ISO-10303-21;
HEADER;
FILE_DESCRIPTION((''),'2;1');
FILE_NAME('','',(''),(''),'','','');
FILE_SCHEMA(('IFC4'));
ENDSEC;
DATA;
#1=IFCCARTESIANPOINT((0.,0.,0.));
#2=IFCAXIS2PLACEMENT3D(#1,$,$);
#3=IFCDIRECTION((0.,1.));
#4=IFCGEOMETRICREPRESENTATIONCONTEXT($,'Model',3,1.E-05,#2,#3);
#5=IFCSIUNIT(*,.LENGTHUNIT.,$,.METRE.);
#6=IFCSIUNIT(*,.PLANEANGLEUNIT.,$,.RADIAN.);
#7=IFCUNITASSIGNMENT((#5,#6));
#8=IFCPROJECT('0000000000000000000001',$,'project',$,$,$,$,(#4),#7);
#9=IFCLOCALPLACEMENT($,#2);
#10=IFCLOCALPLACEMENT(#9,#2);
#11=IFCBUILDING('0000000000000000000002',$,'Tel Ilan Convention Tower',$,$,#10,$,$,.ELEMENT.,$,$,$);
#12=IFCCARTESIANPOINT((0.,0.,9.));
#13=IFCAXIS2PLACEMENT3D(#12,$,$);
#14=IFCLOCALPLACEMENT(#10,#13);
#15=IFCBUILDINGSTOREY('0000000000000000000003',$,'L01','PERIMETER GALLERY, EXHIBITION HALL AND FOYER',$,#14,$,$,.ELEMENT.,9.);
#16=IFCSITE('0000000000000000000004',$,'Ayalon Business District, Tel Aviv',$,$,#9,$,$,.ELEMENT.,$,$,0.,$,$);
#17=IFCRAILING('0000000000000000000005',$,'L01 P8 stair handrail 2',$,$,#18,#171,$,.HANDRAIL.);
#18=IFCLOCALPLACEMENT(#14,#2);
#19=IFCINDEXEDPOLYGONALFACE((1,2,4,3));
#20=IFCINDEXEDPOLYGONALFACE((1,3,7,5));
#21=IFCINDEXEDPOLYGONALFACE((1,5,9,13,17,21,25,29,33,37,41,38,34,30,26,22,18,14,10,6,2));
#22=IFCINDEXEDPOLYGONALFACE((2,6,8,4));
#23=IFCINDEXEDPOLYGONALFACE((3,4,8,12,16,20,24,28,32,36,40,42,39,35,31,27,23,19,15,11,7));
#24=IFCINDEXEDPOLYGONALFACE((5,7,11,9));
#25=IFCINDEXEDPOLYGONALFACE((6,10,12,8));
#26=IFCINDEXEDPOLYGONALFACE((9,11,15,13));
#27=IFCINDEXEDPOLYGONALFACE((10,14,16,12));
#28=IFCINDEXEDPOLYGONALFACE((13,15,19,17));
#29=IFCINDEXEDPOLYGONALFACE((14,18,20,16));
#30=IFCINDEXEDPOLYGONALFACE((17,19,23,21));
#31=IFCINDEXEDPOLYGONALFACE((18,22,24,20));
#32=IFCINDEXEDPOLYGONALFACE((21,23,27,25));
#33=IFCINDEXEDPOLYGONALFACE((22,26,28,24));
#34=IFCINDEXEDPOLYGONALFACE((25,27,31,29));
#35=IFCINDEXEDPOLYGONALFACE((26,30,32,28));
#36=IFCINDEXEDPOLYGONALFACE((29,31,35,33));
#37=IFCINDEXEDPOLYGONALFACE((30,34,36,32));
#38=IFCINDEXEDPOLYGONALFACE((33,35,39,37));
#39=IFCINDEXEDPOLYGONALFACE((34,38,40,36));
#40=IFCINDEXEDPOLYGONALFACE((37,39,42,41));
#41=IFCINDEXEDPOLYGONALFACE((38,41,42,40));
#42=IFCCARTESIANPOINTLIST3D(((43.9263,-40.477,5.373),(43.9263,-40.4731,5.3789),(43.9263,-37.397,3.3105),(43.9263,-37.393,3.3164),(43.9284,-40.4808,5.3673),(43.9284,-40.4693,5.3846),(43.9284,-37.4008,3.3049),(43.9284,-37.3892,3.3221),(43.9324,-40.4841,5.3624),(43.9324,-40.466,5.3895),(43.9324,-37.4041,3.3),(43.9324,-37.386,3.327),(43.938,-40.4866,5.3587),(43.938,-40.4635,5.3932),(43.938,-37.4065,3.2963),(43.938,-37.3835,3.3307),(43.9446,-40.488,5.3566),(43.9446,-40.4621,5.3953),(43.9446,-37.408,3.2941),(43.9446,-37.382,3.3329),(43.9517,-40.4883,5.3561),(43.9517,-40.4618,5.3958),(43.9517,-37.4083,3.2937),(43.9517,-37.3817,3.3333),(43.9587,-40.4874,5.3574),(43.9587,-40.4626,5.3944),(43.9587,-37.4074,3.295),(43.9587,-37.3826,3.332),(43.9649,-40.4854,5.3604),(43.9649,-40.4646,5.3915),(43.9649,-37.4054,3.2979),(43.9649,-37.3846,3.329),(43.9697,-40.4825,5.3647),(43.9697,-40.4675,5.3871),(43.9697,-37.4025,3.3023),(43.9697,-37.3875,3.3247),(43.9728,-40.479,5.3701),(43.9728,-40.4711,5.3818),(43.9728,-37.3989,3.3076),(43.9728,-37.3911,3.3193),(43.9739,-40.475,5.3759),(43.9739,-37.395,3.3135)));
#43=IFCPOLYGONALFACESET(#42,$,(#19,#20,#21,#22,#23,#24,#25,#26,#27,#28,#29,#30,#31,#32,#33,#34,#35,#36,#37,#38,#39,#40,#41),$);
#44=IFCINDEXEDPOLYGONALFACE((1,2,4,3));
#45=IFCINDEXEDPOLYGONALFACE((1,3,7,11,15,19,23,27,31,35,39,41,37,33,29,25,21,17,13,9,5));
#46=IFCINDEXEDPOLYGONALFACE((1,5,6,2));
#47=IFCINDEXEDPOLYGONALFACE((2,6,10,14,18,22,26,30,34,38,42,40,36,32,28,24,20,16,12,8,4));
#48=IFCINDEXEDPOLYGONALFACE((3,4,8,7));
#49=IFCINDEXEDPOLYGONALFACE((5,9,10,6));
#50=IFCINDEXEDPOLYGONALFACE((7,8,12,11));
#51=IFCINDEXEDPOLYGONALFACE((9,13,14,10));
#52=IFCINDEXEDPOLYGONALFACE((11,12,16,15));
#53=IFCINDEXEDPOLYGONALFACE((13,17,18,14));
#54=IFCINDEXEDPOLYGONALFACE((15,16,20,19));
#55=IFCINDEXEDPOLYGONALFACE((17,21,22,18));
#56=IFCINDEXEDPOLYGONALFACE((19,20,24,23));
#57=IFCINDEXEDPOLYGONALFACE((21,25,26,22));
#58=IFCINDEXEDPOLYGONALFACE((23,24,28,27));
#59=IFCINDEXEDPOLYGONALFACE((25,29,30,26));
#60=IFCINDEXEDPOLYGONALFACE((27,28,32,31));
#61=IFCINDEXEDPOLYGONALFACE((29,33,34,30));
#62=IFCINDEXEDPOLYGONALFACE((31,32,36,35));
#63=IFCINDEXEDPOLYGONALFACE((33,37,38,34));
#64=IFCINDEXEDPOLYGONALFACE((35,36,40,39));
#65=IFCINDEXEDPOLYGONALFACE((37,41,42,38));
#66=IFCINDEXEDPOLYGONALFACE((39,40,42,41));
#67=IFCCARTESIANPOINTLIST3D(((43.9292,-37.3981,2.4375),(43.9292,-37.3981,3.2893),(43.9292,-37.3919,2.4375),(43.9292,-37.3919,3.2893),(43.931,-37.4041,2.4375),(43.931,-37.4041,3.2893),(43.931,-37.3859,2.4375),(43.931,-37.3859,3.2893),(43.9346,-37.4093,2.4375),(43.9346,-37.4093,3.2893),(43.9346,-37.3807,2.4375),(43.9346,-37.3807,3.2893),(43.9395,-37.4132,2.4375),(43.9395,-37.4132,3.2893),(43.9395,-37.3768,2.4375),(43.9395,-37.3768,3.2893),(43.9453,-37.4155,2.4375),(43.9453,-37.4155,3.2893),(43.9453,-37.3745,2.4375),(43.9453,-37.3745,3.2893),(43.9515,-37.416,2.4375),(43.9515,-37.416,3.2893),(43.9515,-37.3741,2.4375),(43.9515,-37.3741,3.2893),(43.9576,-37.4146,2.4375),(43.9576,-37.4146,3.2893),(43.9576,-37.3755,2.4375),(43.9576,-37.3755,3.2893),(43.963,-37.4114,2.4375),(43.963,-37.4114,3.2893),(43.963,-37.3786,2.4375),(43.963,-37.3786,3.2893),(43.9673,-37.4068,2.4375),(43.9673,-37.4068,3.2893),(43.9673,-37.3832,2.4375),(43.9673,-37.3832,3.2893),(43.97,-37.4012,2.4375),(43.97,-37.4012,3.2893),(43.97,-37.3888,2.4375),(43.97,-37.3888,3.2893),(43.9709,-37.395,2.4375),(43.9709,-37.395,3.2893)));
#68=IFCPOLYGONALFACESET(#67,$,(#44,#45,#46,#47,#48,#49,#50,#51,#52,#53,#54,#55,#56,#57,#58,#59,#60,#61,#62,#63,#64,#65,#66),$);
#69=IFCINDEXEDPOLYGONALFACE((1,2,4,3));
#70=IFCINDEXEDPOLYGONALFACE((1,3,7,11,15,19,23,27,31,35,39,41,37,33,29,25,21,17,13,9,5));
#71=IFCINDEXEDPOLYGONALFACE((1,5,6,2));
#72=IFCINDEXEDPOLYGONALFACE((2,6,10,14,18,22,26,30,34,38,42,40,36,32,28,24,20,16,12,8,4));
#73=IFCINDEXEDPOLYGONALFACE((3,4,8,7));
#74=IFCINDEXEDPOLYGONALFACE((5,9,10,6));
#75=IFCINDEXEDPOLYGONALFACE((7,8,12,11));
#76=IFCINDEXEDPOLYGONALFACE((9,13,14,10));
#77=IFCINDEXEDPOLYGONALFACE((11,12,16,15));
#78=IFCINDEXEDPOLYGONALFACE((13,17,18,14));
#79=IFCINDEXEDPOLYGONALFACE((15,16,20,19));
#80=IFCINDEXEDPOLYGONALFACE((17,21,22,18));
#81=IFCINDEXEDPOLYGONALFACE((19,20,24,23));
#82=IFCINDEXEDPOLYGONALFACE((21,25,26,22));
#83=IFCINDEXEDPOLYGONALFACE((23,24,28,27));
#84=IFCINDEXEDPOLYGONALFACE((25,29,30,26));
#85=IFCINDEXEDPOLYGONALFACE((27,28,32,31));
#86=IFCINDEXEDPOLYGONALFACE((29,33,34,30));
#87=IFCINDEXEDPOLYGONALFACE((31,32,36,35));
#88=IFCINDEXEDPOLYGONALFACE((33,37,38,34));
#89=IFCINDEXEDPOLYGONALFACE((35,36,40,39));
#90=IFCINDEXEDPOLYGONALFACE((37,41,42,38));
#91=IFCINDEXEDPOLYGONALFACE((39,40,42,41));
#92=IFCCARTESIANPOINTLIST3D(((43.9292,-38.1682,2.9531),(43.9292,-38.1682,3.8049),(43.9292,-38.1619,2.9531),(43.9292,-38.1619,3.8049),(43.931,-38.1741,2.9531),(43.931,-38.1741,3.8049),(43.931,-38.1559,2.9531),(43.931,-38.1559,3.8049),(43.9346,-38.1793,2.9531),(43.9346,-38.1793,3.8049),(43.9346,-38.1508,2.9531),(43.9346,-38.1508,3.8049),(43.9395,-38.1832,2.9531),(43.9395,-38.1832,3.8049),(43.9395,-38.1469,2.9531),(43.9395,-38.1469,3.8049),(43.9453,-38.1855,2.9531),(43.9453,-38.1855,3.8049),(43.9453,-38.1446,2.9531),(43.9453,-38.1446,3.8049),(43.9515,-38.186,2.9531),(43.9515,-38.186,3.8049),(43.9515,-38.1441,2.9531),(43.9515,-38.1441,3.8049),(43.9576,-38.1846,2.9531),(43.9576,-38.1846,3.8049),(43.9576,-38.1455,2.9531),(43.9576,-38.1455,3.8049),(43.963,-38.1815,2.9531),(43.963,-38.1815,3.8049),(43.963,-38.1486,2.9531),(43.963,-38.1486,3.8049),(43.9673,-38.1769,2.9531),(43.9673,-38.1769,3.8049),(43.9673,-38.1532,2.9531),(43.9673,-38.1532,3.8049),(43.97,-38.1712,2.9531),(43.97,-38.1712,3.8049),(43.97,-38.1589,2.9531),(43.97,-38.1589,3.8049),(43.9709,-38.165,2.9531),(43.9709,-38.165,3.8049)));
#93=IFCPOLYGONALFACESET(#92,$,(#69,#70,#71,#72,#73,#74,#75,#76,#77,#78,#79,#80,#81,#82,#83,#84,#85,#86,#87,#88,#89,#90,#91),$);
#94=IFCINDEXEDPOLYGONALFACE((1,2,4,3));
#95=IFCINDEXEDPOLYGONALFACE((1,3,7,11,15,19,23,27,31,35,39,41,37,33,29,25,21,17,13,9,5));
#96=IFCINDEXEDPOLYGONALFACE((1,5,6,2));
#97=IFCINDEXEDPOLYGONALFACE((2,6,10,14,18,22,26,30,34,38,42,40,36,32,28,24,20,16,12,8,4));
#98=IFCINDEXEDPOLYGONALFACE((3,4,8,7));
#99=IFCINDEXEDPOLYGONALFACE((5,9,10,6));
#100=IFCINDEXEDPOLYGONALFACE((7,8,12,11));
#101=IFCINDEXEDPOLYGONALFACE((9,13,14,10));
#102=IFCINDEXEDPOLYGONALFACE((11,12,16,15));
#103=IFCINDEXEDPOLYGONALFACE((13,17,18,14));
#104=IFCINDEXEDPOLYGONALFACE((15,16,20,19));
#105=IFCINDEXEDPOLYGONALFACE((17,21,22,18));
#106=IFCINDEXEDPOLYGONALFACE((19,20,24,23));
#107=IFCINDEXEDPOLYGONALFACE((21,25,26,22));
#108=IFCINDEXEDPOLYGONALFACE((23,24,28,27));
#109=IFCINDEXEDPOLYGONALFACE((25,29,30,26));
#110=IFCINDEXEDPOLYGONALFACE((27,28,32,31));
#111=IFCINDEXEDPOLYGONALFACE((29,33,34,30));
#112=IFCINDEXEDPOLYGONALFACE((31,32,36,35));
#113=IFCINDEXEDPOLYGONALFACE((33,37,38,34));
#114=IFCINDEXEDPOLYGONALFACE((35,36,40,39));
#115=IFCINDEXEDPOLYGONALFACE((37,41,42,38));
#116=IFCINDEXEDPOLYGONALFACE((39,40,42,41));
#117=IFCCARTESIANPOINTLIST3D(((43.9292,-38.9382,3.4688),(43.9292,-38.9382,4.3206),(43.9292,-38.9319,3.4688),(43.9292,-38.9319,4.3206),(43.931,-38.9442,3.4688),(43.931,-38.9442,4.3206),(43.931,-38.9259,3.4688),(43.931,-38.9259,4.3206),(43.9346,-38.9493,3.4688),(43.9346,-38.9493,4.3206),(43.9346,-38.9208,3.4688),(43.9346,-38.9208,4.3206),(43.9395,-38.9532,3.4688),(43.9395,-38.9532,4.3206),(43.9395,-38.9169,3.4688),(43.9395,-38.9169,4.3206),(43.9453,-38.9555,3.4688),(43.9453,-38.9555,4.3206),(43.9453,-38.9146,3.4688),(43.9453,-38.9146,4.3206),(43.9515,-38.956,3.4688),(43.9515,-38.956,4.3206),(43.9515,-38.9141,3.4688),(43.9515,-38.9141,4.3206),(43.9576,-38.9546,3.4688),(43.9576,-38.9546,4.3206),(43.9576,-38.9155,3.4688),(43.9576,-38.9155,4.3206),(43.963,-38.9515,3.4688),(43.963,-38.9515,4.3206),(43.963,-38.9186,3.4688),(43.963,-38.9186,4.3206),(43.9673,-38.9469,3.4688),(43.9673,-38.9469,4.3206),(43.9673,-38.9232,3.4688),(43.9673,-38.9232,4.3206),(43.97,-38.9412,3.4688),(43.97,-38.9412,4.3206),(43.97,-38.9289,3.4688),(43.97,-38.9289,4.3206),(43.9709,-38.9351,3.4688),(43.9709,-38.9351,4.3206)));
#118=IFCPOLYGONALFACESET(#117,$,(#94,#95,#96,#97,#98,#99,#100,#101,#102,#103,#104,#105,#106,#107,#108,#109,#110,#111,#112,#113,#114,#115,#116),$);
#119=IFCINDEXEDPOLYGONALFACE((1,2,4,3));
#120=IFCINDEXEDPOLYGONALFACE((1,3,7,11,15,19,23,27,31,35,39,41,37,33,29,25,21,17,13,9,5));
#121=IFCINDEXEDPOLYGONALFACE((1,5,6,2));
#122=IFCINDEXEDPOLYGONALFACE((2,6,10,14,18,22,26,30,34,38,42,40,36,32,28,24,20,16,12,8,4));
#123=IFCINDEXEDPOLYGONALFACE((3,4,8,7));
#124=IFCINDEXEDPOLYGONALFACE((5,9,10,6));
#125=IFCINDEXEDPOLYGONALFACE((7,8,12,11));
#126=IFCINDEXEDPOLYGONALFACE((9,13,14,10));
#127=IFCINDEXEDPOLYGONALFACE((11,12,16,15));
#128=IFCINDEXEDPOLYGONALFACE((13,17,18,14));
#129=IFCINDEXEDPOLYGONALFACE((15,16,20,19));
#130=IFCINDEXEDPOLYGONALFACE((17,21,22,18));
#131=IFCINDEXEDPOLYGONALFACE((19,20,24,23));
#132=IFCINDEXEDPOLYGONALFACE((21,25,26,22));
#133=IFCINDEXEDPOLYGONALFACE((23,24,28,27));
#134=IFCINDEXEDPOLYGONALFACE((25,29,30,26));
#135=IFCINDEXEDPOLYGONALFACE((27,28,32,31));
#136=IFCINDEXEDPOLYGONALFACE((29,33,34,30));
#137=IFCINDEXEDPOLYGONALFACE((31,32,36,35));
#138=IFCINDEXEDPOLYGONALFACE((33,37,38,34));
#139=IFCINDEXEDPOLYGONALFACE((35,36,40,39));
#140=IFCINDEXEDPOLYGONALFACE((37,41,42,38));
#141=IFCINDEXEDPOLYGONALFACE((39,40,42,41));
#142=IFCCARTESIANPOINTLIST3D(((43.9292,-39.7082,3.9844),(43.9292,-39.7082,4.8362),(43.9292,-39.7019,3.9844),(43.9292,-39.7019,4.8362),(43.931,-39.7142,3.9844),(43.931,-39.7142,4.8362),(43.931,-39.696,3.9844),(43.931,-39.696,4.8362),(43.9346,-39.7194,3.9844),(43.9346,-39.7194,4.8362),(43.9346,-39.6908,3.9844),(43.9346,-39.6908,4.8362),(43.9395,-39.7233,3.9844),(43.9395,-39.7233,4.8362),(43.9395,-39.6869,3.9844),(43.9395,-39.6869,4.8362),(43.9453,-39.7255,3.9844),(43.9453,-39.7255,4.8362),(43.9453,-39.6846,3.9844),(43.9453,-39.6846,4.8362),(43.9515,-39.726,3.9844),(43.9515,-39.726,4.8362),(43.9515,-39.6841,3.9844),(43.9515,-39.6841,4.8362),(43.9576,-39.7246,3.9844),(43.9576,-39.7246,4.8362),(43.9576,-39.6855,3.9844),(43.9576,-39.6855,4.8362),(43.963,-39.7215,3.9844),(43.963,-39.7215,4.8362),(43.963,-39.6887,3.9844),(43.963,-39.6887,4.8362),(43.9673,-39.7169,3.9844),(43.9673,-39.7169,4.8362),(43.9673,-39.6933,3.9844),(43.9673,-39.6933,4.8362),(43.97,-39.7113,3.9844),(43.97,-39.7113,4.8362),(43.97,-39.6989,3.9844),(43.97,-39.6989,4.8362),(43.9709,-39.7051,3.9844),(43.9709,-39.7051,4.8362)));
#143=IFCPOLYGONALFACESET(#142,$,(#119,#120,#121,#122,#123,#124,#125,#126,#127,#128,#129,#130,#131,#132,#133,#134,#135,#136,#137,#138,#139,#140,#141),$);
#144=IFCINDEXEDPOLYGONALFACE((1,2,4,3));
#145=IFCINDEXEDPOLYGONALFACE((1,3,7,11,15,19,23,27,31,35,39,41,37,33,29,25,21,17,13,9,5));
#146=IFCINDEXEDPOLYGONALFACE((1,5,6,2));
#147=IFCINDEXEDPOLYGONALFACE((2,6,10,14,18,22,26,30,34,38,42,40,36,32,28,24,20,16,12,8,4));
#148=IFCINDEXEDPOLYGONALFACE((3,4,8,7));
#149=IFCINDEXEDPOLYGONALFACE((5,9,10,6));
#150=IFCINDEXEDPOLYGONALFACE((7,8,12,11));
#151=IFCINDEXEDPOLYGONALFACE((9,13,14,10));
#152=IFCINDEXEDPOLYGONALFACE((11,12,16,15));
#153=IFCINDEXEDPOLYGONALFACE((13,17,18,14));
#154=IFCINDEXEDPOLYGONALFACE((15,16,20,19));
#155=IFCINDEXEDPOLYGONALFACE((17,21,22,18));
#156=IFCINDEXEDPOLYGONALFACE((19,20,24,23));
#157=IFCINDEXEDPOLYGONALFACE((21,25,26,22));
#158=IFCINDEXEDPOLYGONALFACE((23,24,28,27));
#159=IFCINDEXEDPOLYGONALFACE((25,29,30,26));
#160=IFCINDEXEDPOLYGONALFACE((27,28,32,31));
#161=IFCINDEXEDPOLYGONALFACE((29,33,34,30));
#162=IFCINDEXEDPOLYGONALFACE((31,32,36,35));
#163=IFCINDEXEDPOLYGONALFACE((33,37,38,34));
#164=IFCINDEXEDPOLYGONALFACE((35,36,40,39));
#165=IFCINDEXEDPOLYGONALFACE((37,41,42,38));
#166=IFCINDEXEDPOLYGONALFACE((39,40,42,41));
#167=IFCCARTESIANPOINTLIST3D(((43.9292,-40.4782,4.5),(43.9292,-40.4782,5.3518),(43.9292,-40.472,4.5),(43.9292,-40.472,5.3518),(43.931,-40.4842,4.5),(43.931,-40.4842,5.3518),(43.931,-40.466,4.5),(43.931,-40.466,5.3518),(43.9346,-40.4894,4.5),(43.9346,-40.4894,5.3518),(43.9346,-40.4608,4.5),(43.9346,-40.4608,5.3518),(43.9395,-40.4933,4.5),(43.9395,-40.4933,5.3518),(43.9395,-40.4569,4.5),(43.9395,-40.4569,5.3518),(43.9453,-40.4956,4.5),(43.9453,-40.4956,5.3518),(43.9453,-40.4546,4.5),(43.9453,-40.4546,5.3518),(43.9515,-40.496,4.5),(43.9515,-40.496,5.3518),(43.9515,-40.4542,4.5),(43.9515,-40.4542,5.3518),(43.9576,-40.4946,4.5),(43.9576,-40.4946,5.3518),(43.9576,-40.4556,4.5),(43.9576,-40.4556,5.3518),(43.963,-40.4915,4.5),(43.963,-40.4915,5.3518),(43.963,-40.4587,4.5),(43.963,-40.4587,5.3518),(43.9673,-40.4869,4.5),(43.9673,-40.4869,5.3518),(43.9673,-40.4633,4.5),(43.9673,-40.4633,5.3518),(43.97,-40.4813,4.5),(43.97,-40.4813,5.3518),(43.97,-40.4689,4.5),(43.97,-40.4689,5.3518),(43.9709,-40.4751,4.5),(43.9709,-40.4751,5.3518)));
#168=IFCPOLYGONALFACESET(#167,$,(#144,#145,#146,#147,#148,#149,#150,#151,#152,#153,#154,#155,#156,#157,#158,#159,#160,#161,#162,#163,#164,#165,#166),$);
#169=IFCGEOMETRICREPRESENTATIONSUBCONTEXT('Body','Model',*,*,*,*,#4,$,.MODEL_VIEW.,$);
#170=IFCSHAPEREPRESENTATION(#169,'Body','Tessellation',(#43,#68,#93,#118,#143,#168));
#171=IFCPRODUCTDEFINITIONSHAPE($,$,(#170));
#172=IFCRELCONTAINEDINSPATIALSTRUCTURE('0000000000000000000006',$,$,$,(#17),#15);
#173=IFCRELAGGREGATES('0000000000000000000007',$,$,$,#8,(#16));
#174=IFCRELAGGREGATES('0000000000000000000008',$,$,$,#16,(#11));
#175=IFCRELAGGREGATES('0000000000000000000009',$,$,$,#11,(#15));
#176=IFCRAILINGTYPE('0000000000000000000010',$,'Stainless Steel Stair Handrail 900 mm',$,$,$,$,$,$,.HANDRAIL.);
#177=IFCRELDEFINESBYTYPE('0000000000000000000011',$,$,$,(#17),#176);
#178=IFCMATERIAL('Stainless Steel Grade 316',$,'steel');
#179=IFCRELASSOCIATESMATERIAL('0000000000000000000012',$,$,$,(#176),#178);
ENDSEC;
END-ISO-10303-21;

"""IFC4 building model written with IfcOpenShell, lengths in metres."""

from ifc_helpers import new_model, si_unit, direction, frame, origin, origin_2d, place, context, subcontext, project, spatial, circle, extrude, material, type_object, element, save


model = new_model("IFC4")

# Units and contexts
model_context = context("Model", 3, precision=1e-05, world=origin(), true_north=direction((0.0, 1.0)))
body_context = subcontext(model_context, "Body", "Model", "MODEL_VIEW")
ifc_project = project(units=[si_unit("LENGTHUNIT", "METRE"), si_unit("PLANEANGLEUNIT", "RADIAN")], contexts=[model_context])

# Site, building, storey
site_placement = place(None, origin())
site = spatial("IfcSite", under=ifc_project, at=site_placement, Name="Ayalon Business District, Tel Aviv", CompositionType="ELEMENT", RefElevation=0.0)
building_placement = place(site_placement, origin())
building = spatial("IfcBuilding", under=site, at=building_placement, Name="Tel Ilan Convention Tower", CompositionType="ELEMENT")
storey_placement = place(building_placement, frame((0.0, 0.0, 9.0)))
storey = spatial("IfcBuildingStorey", under=building, at=storey_placement, Name="L01", Description="PERIMETER GALLERY, EXHIBITION HALL AND FOYER", CompositionType="ELEMENT", Elevation=9.0)

# Railing
ifc_material_1 = material(Name="Stainless Steel Grade 316", Category="steel")
railing_type_1 = type_object("IfcRailingType", Name="Stainless Steel Stair Handrail 900 mm", PredefinedType="HANDRAIL", material=ifc_material_1)
railing_1_placement = place(storey_placement, frame((43.95, -37.395, 2.4375)))
element("IfcRailing", 1, at=railing_1_placement, inside=storey, type_object=railing_type_1, Name="L01 P8 stair handrail 2", PredefinedType="HANDRAIL", context=body_context, shape_type="SweptSolid", body=[
    extrude(circle(Radius=0.0239, at=origin_2d()), frame((0.0, 0.0, 0.876), z_axis=(0.0, -0.830914, 0.556401), x_axis=(1.0, 0.0, 0.0)), (0.0, 0.0, 1.0), 3.7068),
    extrude(circle(Radius=0.021, at=origin_2d()), origin(), (0.0, 0.0, 1.0), 0.8518),
    extrude(circle(Radius=0.021, at=origin_2d()), frame((0.0, -0.77, 0.5156)), (0.0, 0.0, 1.0), 0.8518),
    extrude(circle(Radius=0.021, at=origin_2d()), frame((0.0, -1.54, 1.0312)), (0.0, 0.0, 1.0), 0.8518),
    extrude(circle(Radius=0.021, at=origin_2d()), frame((0.0, -2.3101, 1.5469)), (0.0, 0.0, 1.0), 0.8518),
    extrude(circle(Radius=0.021, at=origin_2d()), frame((0.0, -3.0801, 2.0625)), (0.0, 0.0, 1.0), 0.8518),
])

save(model, "model.ifc")
